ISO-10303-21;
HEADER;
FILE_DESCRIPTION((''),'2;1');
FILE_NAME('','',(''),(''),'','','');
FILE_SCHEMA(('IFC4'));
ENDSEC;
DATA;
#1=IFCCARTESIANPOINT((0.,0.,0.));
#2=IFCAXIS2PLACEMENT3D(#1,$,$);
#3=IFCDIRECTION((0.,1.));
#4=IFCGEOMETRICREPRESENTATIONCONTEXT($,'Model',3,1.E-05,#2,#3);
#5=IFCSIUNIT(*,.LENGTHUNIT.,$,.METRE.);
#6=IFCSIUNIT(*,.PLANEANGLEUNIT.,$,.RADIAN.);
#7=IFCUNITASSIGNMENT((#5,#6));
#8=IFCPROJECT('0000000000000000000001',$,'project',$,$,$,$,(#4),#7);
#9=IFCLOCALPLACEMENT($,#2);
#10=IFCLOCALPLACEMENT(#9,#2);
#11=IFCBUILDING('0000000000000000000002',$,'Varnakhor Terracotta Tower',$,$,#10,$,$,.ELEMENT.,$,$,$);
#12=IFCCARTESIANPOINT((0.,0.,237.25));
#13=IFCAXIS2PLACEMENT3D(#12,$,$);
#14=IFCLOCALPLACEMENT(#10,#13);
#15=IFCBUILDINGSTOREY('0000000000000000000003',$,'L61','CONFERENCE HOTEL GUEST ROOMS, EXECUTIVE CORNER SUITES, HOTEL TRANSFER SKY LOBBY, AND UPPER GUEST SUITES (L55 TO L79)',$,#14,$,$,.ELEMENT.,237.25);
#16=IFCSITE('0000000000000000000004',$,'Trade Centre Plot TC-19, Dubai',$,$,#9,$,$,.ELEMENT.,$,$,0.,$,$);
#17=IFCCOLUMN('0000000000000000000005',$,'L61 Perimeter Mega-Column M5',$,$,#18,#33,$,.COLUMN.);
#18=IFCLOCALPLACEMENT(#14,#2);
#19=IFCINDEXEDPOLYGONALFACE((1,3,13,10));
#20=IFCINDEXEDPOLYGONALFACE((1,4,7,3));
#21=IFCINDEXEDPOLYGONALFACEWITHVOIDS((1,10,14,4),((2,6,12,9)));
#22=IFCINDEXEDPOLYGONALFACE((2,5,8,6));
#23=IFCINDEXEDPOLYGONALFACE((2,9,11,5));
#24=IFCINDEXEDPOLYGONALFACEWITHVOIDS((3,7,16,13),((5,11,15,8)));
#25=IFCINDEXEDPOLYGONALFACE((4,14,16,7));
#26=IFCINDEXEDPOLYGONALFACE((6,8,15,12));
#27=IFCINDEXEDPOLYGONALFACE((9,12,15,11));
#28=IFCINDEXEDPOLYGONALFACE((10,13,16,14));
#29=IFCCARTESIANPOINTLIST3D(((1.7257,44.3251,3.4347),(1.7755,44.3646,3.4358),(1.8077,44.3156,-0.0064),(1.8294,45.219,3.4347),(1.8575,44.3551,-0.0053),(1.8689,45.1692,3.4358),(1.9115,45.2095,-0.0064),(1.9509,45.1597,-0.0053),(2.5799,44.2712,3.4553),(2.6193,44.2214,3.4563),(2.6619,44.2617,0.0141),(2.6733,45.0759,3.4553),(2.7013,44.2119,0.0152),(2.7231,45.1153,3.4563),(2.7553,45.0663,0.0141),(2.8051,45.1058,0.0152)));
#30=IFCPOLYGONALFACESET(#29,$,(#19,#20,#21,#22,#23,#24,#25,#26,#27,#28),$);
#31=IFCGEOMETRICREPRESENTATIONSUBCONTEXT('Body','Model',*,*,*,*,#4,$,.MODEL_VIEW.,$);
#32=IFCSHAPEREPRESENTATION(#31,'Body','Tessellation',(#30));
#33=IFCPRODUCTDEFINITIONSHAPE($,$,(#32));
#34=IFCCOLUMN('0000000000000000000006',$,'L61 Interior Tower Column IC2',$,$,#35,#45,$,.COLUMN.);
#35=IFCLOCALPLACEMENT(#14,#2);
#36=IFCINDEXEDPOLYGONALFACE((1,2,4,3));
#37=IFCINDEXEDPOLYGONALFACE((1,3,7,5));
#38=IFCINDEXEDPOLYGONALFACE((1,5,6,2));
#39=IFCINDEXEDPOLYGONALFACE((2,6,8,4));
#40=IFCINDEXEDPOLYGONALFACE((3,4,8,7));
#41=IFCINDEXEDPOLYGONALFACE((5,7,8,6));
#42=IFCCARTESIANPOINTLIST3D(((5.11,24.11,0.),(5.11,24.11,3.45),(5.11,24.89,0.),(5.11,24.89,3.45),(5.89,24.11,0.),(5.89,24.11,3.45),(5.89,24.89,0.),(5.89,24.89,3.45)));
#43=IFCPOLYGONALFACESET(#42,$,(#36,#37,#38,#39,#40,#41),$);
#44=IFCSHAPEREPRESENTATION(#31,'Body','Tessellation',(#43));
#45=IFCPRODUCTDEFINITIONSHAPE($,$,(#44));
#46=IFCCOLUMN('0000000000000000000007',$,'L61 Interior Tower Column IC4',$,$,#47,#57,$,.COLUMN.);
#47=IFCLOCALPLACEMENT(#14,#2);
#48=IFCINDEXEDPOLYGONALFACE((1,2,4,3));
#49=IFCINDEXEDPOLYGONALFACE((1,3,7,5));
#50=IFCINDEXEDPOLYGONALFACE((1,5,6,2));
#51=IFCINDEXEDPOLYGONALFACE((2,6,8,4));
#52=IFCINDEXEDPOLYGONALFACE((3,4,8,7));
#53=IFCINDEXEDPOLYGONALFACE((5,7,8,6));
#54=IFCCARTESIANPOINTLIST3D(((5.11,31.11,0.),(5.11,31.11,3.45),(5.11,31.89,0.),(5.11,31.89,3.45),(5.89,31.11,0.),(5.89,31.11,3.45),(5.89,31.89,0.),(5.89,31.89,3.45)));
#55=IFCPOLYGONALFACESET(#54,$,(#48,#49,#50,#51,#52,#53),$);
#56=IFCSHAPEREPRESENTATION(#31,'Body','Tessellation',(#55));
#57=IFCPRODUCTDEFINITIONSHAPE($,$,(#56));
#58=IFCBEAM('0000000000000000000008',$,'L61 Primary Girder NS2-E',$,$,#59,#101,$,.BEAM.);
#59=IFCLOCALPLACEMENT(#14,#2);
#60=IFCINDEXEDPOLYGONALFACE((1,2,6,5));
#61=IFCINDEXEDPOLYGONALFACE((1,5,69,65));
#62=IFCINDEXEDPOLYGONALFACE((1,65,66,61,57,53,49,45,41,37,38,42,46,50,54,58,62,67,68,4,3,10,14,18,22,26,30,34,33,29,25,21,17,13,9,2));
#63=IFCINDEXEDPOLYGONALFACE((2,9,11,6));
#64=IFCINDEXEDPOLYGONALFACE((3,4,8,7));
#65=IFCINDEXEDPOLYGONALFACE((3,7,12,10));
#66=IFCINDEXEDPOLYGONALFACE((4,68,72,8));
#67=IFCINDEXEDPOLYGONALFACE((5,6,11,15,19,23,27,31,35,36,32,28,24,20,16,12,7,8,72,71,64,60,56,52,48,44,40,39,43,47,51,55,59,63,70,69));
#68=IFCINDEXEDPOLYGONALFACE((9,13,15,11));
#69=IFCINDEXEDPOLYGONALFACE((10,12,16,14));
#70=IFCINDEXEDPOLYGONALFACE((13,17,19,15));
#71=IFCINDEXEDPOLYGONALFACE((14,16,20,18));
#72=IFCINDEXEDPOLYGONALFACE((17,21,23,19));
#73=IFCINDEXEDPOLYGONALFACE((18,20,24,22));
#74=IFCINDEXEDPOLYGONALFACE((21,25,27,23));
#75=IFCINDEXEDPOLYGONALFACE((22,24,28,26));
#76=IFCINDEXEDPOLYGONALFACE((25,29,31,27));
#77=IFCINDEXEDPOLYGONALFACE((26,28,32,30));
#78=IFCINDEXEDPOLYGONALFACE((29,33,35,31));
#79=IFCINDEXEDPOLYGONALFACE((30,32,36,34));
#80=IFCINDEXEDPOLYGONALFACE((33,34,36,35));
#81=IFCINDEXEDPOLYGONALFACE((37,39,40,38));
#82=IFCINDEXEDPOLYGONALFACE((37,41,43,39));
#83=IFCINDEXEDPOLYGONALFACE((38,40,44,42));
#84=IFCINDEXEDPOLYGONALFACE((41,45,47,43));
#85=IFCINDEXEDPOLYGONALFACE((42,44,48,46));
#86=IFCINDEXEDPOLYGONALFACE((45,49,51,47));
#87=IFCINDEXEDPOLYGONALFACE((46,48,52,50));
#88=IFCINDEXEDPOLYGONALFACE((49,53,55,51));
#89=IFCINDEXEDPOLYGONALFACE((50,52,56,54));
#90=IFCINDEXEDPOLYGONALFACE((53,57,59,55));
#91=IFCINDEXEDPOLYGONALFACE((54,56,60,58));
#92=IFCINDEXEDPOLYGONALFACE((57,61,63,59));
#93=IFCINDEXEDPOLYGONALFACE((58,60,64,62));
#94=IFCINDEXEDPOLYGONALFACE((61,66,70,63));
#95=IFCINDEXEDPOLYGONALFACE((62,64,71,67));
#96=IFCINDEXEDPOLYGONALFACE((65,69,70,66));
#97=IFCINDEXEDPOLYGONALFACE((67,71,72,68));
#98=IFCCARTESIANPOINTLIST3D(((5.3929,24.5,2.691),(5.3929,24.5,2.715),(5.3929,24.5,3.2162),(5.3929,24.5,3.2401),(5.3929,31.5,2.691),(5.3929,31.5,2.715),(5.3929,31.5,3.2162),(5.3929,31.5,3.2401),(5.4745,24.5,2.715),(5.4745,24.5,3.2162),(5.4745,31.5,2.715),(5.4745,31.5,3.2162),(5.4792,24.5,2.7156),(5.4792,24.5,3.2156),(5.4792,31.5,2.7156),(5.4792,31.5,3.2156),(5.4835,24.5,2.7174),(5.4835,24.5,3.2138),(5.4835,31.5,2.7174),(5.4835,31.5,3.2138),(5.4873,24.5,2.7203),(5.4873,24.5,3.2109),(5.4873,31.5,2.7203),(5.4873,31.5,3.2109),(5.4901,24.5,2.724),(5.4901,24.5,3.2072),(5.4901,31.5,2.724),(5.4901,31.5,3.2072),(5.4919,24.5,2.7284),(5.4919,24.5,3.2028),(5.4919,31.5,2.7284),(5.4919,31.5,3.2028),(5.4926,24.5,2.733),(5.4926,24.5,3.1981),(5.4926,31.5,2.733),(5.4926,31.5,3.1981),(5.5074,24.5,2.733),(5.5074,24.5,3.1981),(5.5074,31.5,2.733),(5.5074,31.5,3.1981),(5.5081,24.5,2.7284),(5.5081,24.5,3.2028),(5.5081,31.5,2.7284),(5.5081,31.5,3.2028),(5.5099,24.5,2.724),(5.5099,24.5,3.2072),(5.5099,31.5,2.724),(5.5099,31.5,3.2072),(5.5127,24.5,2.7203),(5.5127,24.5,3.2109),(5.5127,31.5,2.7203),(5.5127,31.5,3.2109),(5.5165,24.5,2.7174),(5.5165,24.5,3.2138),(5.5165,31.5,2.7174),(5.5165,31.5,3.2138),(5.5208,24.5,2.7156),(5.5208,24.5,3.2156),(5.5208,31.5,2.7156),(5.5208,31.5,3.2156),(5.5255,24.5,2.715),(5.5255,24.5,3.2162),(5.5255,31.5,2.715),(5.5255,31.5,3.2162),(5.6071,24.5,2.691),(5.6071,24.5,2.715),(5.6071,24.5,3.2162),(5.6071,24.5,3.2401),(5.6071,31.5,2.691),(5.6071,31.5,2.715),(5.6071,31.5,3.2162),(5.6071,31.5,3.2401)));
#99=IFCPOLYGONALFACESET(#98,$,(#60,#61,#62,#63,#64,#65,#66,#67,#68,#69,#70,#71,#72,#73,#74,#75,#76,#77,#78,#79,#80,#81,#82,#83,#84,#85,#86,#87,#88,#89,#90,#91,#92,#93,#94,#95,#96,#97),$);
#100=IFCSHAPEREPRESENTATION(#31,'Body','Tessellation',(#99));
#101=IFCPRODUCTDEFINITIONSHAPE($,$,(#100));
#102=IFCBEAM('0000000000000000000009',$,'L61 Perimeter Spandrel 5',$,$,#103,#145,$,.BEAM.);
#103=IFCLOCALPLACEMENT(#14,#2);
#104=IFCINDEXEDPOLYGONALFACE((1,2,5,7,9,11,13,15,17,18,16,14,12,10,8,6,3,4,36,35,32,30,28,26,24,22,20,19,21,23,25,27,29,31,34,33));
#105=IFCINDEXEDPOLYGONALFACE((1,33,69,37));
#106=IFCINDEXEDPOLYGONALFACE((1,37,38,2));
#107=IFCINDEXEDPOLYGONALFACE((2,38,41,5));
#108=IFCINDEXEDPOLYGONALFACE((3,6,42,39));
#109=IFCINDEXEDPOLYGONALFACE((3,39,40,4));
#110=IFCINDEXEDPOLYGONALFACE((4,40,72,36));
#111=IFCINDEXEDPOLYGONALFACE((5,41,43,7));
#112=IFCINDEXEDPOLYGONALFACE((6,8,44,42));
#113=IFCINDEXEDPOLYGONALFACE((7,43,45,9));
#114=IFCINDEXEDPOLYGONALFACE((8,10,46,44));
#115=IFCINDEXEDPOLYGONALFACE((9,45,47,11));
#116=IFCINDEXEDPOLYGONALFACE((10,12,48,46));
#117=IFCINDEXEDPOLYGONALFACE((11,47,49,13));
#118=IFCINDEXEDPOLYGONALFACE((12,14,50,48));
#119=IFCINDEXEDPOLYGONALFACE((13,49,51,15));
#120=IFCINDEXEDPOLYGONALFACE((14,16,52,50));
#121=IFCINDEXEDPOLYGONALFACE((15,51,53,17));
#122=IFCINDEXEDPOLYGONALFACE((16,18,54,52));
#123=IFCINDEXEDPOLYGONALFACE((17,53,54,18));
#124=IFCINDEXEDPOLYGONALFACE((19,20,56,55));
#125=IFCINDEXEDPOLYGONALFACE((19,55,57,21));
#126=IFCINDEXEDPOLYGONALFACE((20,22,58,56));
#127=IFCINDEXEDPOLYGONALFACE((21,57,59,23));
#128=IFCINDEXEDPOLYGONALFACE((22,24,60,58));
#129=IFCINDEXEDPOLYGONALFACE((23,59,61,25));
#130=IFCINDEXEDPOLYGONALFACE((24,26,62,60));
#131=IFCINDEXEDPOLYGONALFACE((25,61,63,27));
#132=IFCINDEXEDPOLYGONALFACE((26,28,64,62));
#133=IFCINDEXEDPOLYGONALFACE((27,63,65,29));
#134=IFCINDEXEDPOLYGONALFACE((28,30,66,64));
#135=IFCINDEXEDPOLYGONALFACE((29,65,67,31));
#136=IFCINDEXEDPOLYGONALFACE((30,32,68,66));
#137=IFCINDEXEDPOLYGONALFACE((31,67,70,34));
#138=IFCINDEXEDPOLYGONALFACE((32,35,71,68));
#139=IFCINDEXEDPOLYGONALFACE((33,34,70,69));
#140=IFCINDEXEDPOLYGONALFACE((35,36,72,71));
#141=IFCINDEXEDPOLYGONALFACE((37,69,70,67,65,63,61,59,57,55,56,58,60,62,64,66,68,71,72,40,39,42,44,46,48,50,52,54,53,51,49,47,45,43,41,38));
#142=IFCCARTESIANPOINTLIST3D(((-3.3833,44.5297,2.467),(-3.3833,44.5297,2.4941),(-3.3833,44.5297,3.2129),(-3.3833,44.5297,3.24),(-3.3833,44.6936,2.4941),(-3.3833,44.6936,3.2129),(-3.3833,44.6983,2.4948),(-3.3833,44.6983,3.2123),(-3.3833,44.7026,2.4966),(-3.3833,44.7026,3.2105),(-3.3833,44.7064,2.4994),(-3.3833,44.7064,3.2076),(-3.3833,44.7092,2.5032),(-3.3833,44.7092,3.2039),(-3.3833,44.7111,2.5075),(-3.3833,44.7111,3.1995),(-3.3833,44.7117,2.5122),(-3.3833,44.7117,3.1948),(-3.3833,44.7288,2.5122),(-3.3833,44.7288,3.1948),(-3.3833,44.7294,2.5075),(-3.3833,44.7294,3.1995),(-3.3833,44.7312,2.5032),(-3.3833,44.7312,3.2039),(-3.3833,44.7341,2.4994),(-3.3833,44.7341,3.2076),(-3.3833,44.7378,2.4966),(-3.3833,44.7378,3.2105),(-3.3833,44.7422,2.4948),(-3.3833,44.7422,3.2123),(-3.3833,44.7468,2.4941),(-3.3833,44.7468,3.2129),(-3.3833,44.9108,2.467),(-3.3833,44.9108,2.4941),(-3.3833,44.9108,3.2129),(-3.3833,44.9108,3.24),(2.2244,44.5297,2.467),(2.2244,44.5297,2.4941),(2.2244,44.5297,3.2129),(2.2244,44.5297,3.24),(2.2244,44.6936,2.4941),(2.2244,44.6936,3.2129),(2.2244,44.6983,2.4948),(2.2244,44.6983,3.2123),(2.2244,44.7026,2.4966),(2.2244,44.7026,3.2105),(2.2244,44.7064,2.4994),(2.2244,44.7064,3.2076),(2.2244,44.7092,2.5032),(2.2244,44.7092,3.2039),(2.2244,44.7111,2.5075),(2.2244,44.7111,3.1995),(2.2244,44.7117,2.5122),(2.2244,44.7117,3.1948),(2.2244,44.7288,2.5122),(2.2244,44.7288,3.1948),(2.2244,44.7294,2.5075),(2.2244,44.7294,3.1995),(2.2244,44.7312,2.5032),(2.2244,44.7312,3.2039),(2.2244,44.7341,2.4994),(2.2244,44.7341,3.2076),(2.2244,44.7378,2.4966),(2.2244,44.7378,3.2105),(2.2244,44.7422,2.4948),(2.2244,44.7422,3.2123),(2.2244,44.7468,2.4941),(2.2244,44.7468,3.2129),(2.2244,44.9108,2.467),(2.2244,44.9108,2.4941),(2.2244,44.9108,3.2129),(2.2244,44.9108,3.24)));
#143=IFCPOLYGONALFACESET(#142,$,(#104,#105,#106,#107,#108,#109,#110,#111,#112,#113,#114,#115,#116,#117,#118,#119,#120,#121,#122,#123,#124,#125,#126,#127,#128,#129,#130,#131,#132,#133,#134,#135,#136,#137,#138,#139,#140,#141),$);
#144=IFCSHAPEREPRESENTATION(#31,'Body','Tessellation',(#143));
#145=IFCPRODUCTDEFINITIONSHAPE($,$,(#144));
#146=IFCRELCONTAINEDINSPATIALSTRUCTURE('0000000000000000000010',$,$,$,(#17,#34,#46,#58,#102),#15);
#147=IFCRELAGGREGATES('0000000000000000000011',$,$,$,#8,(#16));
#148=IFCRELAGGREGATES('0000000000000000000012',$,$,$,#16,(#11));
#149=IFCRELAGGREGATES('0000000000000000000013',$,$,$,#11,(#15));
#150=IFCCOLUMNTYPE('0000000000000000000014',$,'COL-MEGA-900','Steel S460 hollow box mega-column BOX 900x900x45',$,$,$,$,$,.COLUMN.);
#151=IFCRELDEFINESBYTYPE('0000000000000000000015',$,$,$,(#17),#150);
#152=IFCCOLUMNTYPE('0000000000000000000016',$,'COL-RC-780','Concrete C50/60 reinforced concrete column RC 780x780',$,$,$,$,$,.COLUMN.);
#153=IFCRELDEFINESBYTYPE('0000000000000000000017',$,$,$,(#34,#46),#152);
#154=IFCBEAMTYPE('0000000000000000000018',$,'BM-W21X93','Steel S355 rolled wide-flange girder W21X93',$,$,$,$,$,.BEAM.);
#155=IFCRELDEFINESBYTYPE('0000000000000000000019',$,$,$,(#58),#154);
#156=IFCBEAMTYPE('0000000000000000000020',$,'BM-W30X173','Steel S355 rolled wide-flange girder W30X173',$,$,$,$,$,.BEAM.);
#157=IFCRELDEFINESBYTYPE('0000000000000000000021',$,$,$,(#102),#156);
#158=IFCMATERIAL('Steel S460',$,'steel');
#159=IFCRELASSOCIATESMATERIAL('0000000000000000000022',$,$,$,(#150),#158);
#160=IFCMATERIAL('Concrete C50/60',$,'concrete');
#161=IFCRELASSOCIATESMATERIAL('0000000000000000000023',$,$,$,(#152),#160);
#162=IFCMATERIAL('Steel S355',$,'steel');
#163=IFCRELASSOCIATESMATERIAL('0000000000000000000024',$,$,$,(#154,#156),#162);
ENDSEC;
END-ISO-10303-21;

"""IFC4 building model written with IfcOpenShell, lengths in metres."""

from ifc_helpers import new_model, si_unit, direction, frame, origin, origin_2d, place, context, subcontext, project, spatial, rectangle, hollow_rectangle, i_section, extrude, source, transform, mapped, material, material_profile, profile_set, type_object, element, save


model = new_model("IFC4")

# Units and contexts
model_context = context("Model", 3, precision=1e-05, world=origin(), true_north=direction((0.0, 1.0)))
body_context = subcontext(model_context, "Body", "Model", "MODEL_VIEW")
ifc_project = project(units=[si_unit("LENGTHUNIT", "METRE"), si_unit("PLANEANGLEUNIT", "RADIAN")], contexts=[model_context])

# Site, building, storey
site_placement = place(None, origin())
site = spatial("IfcSite", under=ifc_project, at=site_placement, Name="Trade Centre Plot TC-19, Dubai", CompositionType="ELEMENT", RefElevation=0.0)
building_placement = place(site_placement, origin())
building = spatial("IfcBuilding", under=site, at=building_placement, Name="Varnakhor Terracotta Tower", CompositionType="ELEMENT")
storey_placement = place(building_placement, frame((0.0, 0.0, 237.25)))
storey = spatial("IfcBuildingStorey", under=building, at=storey_placement, Name="L61", Description="CONFERENCE HOTEL GUEST ROOMS, EXECUTIVE CORNER SUITES, HOTEL TRANSFER SKY LOBBY, AND UPPER GUEST SUITES (L55 TO L79)", CompositionType="ELEMENT", Elevation=237.25)

# Columns
ifc_material_1 = material(Name="Steel S460", Category="steel")
ifc_material_profile_1 = material_profile(ifc_material_1, hollow_rectangle(XDim=0.8999, YDim=0.8999, WallThickness=0.0449, at=origin_2d()), Name="BOX 900x900x45")
ifc_profile_set_1 = profile_set([ifc_material_profile_1], Name="Steel S460")
column_type_1 = type_object("IfcColumnType", Name="COL-MEGA-900", Description="Steel S460 hollow box mega-column BOX 900x900x45", PredefinedType="COLUMN", material=ifc_profile_set_1)
shared_shape_1 = source(origin(), body_context, "Body", "SweptSolid", [
    extrude(hollow_rectangle(XDim=0.8999, YDim=0.8999, WallThickness=0.0449, at=origin_2d()), origin(), (0.0, 0.0, 1.0), 3.4421),
])
column_placement = place(storey_placement, frame((2.3064, 44.7107, 0.0044), z_axis=(-0.023831, 0.002766, 0.999712), x_axis=(-0.115297, -0.993331, 0.0)))
element("IfcColumn", 1, at=column_placement, inside=storey, type_object=column_type_1, Name="L61 Perimeter Mega-Column M5", PredefinedType="COLUMN", context=body_context, shape_type="MappedRepresentation", body=[
    mapped(shared_shape_1, transform((0.0, 0.0, 0.0), scale=1.0)),
])
ifc_material_2 = material(Name="Concrete C50/60", Category="concrete")
ifc_material_profile_2 = material_profile(ifc_material_2, rectangle(XDim=0.78, YDim=0.78, at=origin_2d()), Name="RC 780x780")
ifc_profile_set_2 = profile_set([ifc_material_profile_2], Name="Concrete C50/60")
column_type_2 = type_object("IfcColumnType", Name="COL-RC-780", Description="Concrete C50/60 reinforced concrete column RC 780x780", PredefinedType="COLUMN", material=ifc_profile_set_2)
shared_shape_2 = source(origin(), body_context, "Body", "SweptSolid", [
    extrude(rectangle(XDim=0.78, YDim=0.78, at=origin_2d()), origin(), (0.0, 0.0, 1.0), 3.45),
])
for number, where, z_axis, x_axis, name in (
    (2, (5.5, 24.5, 0.0), (0.0, 0.0, 1.0), (1.0, 0.0, 0.0), "L61 Interior Tower Column IC2"),
    (3, (5.5, 31.5, 0.0), (0.0, 0.0, 1.0), (1.0, 0.0, 0.0), "L61 Interior Tower Column IC4"),
):
    element("IfcColumn", number, at=place(storey_placement, frame(where, z_axis=z_axis, x_axis=x_axis)), inside=storey, type_object=column_type_2, Name=name, PredefinedType="COLUMN", context=body_context, shape_type="MappedRepresentation", body=[
        mapped(shared_shape_2, transform((0.0, 0.0, 0.0), scale=1.0)),
    ])

# Beams
ifc_material_3 = material(Name="Steel S355", Category="steel")
ifc_material_profile_3 = material_profile(ifc_material_3, i_section(OverallWidth=0.2141, OverallDepth=0.5491, WebThickness=0.0149, FlangeThickness=0.0239, FilletRadius=0.0181, at=origin_2d()), Name="W21X93")
ifc_profile_set_3 = profile_set([ifc_material_profile_3], Name="Steel S355")
beam_type_1 = type_object("IfcBeamType", Name="BM-W21X93", Description="Steel S355 rolled wide-flange girder W21X93", PredefinedType="BEAM", material=ifc_profile_set_3)
shared_shape_3 = source(origin(), body_context, "Body", "SweptSolid", [
    extrude(i_section(OverallWidth=0.2141, OverallDepth=0.5491, WebThickness=0.0149, FlangeThickness=0.0239, FilletRadius=0.0181, at=origin_2d()), origin(), (0.0, 0.0, 1.0), 7.0),
])
beam_1_placement = place(storey_placement, frame((5.5, 24.5, 2.9656), z_axis=(0.0, 1.0, 0.0), x_axis=(-1.0, 0.0, 0.0)))
element("IfcBeam", 4, at=beam_1_placement, inside=storey, type_object=beam_type_1, Name="L61 Primary Girder NS2-E", PredefinedType="BEAM", context=body_context, shape_type="MappedRepresentation", body=[
    mapped(shared_shape_3, transform((0.0, 0.0, 0.0), scale=1.0)),
])
ifc_material_profile_4 = material_profile(ifc_material_3, i_section(OverallWidth=0.3811, OverallDepth=0.7729, WebThickness=0.0171, FlangeThickness=0.0271, FilletRadius=0.0181, at=origin_2d()), Name="W30X173")
ifc_profile_set_4 = profile_set([ifc_material_profile_4], Name="Steel S355")
beam_type_2 = type_object("IfcBeamType", Name="BM-W30X173", Description="Steel S355 rolled wide-flange girder W30X173", PredefinedType="BEAM", material=ifc_profile_set_4)
shared_shape_4 = source(origin(), body_context, "Body", "SweptSolid", [
    extrude(i_section(OverallWidth=0.3811, OverallDepth=0.7729, WebThickness=0.0171, FlangeThickness=0.0271, FilletRadius=0.0181, at=origin_2d()), origin(), (0.0, 0.0, 1.0), 5.6077),
])
beam_2_placement = place(storey_placement, frame((2.2244, 44.7202, 2.8535), z_axis=(-1.0, 0.0, 0.0), x_axis=(0.0, -1.0, 0.0)))
element("IfcBeam", 5, at=beam_2_placement, inside=storey, type_object=beam_type_2, Name="L61 Perimeter Spandrel 5", PredefinedType="BEAM", context=body_context, shape_type="MappedRepresentation", body=[
    mapped(shared_shape_4, transform((0.0, 0.0, 0.0), scale=1.0)),
])

save(model, "model.ifc")
